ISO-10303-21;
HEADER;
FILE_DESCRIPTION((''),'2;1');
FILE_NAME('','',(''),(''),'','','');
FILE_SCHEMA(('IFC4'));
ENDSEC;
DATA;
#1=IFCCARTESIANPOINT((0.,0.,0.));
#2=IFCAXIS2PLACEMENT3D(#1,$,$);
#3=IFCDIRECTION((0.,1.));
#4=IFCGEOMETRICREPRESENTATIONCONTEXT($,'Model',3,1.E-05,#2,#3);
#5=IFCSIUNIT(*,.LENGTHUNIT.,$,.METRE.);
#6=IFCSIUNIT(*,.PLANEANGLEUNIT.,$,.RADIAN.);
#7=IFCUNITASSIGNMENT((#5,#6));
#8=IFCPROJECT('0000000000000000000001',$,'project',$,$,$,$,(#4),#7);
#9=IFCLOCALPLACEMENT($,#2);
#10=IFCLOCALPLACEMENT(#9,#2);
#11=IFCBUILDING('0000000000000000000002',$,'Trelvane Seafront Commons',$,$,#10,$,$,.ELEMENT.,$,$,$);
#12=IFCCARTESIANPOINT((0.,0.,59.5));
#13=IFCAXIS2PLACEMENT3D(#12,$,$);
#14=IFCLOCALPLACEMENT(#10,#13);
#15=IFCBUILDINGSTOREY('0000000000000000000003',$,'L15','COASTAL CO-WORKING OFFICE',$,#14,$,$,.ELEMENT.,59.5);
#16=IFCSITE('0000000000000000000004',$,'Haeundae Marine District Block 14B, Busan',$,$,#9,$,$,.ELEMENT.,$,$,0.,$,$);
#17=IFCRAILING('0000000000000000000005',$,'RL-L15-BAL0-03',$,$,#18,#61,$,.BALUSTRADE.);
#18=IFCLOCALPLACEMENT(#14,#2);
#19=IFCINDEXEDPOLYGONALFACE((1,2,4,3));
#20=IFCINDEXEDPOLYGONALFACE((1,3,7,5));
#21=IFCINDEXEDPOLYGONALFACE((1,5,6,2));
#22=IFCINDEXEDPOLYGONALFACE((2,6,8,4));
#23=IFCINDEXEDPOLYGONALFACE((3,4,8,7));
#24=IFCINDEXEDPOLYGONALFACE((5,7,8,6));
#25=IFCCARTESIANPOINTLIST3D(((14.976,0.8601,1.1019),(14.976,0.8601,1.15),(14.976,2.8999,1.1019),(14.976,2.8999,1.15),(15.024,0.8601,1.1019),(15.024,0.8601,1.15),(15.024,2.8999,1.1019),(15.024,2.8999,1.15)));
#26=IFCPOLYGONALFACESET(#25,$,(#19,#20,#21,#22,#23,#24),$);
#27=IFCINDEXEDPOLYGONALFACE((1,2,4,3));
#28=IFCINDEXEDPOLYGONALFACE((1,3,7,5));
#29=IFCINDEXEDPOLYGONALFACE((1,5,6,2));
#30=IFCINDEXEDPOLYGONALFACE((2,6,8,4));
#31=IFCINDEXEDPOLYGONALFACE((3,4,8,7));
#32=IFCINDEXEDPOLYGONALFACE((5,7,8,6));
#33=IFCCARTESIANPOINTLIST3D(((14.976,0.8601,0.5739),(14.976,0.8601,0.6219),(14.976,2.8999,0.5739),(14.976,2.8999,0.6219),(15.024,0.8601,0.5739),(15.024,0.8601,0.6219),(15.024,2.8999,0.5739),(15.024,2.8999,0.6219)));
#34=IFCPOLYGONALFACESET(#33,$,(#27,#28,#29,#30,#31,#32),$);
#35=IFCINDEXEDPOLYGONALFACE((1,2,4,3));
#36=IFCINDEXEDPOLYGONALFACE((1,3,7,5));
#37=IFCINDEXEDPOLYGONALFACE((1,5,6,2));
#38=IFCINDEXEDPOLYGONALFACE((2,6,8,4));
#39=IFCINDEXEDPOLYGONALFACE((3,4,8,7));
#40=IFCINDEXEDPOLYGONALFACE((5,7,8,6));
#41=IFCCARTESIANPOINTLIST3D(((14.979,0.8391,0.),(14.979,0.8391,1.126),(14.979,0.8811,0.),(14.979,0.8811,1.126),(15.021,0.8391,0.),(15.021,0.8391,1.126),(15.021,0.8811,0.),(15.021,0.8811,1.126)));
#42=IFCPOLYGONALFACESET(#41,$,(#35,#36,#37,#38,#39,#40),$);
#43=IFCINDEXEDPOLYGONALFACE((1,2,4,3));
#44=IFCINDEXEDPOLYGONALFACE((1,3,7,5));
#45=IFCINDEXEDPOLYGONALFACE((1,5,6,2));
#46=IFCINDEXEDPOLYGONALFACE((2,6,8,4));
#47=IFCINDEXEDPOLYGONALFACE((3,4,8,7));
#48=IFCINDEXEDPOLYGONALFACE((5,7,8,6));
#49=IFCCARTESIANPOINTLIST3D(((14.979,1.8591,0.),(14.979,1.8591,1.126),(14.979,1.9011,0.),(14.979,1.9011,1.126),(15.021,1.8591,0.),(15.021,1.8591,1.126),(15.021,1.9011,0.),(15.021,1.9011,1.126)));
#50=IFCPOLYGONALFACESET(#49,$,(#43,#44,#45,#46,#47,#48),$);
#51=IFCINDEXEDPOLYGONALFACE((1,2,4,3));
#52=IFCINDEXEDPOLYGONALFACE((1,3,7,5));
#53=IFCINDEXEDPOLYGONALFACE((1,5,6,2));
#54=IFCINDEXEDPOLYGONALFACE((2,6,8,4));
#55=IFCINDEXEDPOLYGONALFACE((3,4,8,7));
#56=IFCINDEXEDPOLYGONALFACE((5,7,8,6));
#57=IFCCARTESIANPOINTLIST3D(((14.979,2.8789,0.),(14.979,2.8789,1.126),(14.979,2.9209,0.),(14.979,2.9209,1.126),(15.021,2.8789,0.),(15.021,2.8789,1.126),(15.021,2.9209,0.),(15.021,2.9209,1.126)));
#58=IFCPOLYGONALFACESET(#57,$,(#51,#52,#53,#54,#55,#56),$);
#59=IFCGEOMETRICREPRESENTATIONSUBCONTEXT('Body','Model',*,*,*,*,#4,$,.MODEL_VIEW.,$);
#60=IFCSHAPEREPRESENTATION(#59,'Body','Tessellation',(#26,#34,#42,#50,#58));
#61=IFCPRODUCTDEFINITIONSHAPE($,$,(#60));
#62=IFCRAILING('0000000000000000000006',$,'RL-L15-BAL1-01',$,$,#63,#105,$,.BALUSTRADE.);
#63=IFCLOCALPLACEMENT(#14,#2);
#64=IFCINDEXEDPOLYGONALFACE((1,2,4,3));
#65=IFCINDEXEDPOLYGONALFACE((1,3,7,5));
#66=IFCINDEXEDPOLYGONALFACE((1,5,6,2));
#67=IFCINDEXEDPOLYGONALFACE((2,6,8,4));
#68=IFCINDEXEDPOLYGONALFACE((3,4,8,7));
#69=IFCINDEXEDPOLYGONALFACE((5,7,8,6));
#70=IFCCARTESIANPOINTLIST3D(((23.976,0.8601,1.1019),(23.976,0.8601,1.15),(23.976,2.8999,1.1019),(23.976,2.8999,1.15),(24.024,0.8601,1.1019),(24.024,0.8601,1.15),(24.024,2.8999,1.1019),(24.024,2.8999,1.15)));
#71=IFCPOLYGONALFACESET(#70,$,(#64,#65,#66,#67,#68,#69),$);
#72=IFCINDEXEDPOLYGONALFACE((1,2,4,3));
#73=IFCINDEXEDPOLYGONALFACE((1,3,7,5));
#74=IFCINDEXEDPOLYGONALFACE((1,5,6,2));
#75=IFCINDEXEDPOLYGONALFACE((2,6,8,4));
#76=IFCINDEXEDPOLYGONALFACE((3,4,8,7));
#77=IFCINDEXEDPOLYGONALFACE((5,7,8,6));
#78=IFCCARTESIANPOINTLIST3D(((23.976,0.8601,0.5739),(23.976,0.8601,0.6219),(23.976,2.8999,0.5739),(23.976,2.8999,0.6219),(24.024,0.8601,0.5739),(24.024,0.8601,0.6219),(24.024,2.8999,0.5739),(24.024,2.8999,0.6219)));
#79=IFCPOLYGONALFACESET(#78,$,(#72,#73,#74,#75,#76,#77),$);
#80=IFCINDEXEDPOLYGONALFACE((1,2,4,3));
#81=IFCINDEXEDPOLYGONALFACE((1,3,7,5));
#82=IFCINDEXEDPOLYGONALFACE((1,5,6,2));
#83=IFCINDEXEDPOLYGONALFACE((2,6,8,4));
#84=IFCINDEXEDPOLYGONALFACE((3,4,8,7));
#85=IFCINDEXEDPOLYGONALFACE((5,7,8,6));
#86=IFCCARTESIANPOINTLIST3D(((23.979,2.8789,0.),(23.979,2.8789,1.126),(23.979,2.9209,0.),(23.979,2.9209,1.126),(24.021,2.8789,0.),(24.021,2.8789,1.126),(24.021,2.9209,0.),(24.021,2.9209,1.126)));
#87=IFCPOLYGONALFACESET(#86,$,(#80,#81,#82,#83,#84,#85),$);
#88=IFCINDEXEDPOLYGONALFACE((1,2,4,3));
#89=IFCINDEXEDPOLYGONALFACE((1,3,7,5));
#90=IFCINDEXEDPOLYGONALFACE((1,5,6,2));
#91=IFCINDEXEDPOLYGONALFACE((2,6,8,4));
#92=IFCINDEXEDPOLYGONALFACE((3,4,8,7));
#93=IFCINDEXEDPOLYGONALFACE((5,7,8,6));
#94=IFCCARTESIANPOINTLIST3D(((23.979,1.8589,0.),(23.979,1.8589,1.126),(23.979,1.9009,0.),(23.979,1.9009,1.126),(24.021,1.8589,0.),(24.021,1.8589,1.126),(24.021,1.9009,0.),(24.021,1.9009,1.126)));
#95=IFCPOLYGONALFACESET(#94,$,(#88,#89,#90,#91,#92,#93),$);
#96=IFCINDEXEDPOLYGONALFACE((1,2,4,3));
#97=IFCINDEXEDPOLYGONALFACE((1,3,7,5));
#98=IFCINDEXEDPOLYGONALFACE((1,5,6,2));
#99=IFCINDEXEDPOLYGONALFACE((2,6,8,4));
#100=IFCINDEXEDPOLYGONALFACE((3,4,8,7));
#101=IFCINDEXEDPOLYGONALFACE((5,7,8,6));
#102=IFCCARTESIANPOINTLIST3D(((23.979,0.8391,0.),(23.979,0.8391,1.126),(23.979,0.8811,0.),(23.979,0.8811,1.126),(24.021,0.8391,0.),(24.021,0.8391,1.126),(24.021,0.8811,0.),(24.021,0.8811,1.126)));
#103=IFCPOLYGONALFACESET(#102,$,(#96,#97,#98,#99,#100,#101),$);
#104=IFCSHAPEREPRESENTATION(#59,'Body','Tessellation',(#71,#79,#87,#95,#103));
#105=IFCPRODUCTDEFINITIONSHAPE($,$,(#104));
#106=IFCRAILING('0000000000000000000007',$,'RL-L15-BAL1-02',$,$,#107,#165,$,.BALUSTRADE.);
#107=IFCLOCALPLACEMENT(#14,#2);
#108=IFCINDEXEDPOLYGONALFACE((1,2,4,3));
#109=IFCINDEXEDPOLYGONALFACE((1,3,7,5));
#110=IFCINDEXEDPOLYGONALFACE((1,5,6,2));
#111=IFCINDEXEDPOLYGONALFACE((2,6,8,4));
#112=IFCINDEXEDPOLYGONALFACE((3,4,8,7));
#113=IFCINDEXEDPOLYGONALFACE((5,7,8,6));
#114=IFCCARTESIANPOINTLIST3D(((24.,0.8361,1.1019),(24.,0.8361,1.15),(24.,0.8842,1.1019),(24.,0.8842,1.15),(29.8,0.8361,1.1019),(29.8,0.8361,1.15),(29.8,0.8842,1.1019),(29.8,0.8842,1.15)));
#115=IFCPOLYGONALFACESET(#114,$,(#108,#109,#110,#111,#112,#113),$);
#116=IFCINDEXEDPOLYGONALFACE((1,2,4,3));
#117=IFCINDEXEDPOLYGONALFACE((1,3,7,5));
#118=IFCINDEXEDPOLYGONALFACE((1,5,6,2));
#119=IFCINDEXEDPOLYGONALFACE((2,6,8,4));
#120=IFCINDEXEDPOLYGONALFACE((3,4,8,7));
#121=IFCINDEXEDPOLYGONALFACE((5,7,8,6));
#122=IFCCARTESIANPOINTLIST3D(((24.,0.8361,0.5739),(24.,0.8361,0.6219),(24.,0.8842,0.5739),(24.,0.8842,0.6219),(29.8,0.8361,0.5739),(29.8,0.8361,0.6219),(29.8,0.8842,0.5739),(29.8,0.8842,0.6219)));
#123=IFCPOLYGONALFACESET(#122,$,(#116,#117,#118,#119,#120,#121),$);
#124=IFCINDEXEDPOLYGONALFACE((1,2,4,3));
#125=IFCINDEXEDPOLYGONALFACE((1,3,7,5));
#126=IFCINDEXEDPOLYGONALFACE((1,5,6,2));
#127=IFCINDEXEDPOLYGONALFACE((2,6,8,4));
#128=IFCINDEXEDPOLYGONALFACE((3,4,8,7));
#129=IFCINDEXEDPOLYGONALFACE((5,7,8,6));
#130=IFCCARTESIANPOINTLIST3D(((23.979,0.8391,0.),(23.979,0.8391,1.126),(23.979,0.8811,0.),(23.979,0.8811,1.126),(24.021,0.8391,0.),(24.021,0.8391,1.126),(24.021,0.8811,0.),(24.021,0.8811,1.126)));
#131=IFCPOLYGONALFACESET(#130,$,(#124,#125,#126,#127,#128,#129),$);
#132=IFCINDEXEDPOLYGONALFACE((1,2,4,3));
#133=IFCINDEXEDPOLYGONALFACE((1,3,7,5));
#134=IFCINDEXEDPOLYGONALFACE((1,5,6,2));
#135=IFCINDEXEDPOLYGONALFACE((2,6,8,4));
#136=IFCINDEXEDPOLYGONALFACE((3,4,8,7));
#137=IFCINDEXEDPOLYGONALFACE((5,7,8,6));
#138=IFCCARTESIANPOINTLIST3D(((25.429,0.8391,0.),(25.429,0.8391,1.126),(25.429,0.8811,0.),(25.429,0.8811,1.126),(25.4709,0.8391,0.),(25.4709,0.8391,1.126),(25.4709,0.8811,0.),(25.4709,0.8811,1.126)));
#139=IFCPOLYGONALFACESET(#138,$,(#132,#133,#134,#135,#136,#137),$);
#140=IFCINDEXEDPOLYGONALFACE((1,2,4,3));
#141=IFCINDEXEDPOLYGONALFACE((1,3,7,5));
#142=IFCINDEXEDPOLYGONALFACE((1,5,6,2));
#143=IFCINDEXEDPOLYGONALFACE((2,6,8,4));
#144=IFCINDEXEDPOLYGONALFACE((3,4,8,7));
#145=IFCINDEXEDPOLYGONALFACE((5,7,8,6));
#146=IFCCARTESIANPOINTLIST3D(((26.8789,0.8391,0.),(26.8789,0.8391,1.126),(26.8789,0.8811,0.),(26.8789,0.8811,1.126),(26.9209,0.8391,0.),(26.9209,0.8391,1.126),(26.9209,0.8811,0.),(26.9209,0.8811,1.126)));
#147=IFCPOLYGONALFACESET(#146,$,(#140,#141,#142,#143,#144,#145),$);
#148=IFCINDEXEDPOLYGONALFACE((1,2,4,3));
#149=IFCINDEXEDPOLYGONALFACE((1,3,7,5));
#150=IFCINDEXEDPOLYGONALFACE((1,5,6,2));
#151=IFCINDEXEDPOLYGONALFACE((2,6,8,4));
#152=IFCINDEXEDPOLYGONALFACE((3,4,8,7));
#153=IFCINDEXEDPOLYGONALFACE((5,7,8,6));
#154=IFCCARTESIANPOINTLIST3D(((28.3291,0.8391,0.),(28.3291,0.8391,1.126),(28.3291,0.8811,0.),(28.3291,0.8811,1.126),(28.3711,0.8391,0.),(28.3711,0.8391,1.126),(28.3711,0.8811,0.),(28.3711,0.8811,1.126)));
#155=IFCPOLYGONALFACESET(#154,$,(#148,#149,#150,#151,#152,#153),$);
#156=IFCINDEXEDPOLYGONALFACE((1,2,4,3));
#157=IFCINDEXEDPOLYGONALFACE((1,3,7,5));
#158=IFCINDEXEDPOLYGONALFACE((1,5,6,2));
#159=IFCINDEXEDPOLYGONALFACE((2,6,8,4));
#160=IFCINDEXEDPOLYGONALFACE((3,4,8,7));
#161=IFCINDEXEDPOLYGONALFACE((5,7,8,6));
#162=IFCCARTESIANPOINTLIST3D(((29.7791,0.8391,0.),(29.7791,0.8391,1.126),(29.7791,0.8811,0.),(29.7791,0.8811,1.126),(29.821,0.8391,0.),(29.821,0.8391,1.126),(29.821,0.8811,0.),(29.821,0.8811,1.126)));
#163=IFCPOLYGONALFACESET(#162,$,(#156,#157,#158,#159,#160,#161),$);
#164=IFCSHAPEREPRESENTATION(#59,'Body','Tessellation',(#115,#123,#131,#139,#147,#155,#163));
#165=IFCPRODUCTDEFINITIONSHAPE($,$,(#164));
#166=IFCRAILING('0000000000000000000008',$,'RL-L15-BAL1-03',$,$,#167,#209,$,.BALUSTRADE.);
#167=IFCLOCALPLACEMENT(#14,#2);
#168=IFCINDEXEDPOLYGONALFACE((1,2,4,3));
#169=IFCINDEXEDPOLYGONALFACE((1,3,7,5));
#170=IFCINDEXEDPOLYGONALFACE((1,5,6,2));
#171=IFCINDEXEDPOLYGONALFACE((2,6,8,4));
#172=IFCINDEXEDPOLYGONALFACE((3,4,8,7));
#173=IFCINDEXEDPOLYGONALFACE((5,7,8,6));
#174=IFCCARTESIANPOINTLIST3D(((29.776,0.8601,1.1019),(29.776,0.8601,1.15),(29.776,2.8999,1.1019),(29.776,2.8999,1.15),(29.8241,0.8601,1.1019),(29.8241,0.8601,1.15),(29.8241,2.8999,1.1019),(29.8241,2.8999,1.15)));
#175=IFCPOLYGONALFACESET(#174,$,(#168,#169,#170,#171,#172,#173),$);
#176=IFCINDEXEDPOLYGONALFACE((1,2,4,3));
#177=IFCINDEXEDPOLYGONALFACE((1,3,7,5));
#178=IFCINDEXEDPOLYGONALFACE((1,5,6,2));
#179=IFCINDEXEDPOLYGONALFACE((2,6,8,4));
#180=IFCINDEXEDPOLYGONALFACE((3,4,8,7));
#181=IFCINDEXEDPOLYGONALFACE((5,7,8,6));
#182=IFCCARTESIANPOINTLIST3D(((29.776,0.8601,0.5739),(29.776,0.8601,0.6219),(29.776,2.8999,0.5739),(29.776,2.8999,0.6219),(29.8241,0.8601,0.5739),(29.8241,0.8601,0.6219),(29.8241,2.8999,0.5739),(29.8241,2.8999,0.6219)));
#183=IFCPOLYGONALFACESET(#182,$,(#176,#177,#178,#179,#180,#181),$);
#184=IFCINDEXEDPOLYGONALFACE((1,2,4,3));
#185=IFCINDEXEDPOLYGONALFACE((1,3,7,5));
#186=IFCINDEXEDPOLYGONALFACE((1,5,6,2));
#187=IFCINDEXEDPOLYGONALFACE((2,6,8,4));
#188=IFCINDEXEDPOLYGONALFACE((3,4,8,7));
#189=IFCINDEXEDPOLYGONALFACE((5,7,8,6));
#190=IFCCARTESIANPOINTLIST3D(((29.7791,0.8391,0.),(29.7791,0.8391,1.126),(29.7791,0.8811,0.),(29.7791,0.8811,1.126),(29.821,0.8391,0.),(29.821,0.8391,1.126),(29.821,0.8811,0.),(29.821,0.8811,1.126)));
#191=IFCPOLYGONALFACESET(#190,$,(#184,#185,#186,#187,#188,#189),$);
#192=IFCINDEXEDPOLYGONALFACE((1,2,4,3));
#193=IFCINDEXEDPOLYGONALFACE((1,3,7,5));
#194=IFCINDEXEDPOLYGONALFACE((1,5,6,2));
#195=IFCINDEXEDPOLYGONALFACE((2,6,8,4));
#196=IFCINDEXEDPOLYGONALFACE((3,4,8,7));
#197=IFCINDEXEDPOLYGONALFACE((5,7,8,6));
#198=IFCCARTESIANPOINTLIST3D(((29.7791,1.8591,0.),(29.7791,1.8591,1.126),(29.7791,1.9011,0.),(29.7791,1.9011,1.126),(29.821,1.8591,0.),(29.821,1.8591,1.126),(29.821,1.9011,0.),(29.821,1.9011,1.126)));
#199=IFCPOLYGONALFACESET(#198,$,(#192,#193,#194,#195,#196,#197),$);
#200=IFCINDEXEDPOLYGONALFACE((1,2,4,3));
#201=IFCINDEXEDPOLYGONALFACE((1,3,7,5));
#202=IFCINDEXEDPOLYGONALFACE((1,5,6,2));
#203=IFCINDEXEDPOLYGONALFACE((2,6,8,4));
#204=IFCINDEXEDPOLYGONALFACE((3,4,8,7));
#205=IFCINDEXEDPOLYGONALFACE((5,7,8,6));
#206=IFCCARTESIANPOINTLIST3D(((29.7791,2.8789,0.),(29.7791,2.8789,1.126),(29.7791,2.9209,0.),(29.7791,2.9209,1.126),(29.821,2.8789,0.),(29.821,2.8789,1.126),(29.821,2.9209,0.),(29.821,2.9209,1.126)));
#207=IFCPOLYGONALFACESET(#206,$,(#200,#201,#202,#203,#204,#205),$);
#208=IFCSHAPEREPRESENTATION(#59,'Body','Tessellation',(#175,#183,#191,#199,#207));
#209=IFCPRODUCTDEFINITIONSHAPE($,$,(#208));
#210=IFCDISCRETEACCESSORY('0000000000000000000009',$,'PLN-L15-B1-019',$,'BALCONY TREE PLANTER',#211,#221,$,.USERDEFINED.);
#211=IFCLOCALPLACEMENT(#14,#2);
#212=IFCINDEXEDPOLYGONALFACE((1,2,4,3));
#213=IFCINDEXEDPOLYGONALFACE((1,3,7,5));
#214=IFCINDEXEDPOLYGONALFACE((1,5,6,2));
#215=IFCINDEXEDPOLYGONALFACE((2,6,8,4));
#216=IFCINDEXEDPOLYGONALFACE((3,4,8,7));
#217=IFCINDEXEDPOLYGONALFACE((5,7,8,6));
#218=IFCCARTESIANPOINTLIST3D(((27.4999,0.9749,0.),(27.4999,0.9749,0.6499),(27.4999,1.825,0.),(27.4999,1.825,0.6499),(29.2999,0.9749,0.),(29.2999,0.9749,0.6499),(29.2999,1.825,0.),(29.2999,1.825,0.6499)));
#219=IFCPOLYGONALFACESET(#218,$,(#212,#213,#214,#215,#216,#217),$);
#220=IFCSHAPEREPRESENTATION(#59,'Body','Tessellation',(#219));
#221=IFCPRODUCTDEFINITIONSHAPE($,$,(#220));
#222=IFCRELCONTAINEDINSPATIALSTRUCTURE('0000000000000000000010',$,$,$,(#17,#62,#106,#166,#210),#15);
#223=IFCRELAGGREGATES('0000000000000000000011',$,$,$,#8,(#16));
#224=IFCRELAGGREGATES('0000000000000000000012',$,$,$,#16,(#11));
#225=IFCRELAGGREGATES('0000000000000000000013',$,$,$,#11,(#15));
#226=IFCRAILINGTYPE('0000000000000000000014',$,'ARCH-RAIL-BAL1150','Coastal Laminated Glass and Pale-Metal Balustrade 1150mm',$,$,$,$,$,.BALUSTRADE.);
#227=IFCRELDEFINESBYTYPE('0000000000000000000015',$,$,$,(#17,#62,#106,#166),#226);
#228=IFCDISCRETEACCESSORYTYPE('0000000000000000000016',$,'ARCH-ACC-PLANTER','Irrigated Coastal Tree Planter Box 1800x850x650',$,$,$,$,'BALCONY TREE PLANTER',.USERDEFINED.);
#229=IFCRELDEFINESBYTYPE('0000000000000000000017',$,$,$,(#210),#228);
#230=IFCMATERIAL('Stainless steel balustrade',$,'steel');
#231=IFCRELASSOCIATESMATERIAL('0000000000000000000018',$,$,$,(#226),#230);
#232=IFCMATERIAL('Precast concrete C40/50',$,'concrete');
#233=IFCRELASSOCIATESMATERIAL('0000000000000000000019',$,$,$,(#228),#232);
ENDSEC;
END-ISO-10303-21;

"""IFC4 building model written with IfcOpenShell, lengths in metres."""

from ifc_helpers import new_model, si_unit, direction, frame, origin, origin_2d, place, context, subcontext, project, spatial, rectangle, extrude, source, transform, mapped, material, type_object, element, save


model = new_model("IFC4")

# Units and contexts
model_context = context("Model", 3, precision=1e-05, world=origin(), true_north=direction((0.0, 1.0)))
body_context = subcontext(model_context, "Body", "Model", "MODEL_VIEW")
ifc_project = project(units=[si_unit("LENGTHUNIT", "METRE"), si_unit("PLANEANGLEUNIT", "RADIAN")], contexts=[model_context])

# Site, building, storey
site_placement = place(None, origin())
site = spatial("IfcSite", under=ifc_project, at=site_placement, Name="Haeundae Marine District Block 14B, Busan", CompositionType="ELEMENT", RefElevation=0.0)
building_placement = place(site_placement, origin())
building = spatial("IfcBuilding", under=site, at=building_placement, Name="Trelvane Seafront Commons", CompositionType="ELEMENT")
storey_placement = place(building_placement, frame((0.0, 0.0, 59.5)))
storey = spatial("IfcBuildingStorey", under=building, at=storey_placement, Name="L15", Description="COASTAL CO-WORKING OFFICE", CompositionType="ELEMENT", Elevation=59.5)

# Railings
ifc_material_1 = material(Name="Stainless steel balustrade", Category="steel")
railing_type = type_object("IfcRailingType", Name="ARCH-RAIL-BAL1150", Description="Coastal Laminated Glass and Pale-Metal Balustrade 1150mm", PredefinedType="BALUSTRADE", material=ifc_material_1)
railing_1_placement = place(storey_placement, frame((15.0, 0.8601, 0.0)))
element("IfcRailing", 1, at=railing_1_placement, inside=storey, type_object=railing_type, Name="RL-L15-BAL0-03", PredefinedType="BALUSTRADE", context=body_context, shape_type="SweptSolid", body=[
    extrude(rectangle(XDim=0.0481, YDim=0.0481, at=origin_2d()), frame((0.0, 0.0, 1.126), z_axis=(0.0, 1.0, 0.0), x_axis=(-1.0, 0.0, 0.0)), (0.0, 0.0, 1.0), 2.0398),
    extrude(rectangle(XDim=0.0481, YDim=0.0481, at=origin_2d()), frame((0.0, 0.0, 0.5979), z_axis=(0.0, 1.0, 0.0), x_axis=(-1.0, 0.0, 0.0)), (0.0, 0.0, 1.0), 2.0398),
    extrude(rectangle(XDim=0.042, YDim=0.042, at=origin_2d()), origin(), (0.0, 0.0, 1.0), 1.126),
    extrude(rectangle(XDim=0.042, YDim=0.042, at=origin_2d()), frame((0.0, 1.02, 0.0)), (0.0, 0.0, 1.0), 1.126),
    extrude(rectangle(XDim=0.042, YDim=0.042, at=origin_2d()), frame((0.0, 2.0398, 0.0)), (0.0, 0.0, 1.0), 1.126),
])
railing_2_placement = place(storey_placement, frame((24.0, 2.8999, 0.0)))
element("IfcRailing", 2, at=railing_2_placement, inside=storey, type_object=railing_type, Name="RL-L15-BAL1-01", PredefinedType="BALUSTRADE", context=body_context, shape_type="SweptSolid", body=[
    extrude(rectangle(XDim=0.0481, YDim=0.0481, at=origin_2d()), frame((0.0, 0.0, 1.126), z_axis=(0.0, -1.0, 0.0), x_axis=(1.0, 0.0, 0.0)), (0.0, 0.0, 1.0), 2.0398),
    extrude(rectangle(XDim=0.0481, YDim=0.0481, at=origin_2d()), frame((0.0, 0.0, 0.5979), z_axis=(0.0, -1.0, 0.0), x_axis=(1.0, 0.0, 0.0)), (0.0, 0.0, 1.0), 2.0398),
    extrude(rectangle(XDim=0.042, YDim=0.042, at=origin_2d()), origin(), (0.0, 0.0, 1.0), 1.126),
    extrude(rectangle(XDim=0.042, YDim=0.042, at=origin_2d()), frame((0.0, -1.02, 0.0)), (0.0, 0.0, 1.0), 1.126),
    extrude(rectangle(XDim=0.042, YDim=0.042, at=origin_2d()), frame((0.0, -2.0398, 0.0)), (0.0, 0.0, 1.0), 1.126),
])
railing_3_placement = place(storey_placement, frame((24.0, 0.8601, 0.0)))
element("IfcRailing", 3, at=railing_3_placement, inside=storey, type_object=railing_type, Name="RL-L15-BAL1-02", PredefinedType="BALUSTRADE", context=body_context, shape_type="SweptSolid", body=[
    extrude(rectangle(XDim=0.0481, YDim=0.0481, at=origin_2d()), frame((0.0, 0.0, 1.126), z_axis=(1.0, 0.0, 0.0), x_axis=(0.0, 1.0, 0.0)), (0.0, 0.0, 1.0), 5.8),
    extrude(rectangle(XDim=0.0481, YDim=0.0481, at=origin_2d()), frame((0.0, 0.0, 0.5979), z_axis=(1.0, 0.0, 0.0), x_axis=(0.0, 1.0, 0.0)), (0.0, 0.0, 1.0), 5.8),
    extrude(rectangle(XDim=0.042, YDim=0.042, at=origin_2d()), origin(), (0.0, 0.0, 1.0), 1.126),
    extrude(rectangle(XDim=0.042, YDim=0.042, at=origin_2d()), frame((1.45, 0.0, 0.0)), (0.0, 0.0, 1.0), 1.126),
    extrude(rectangle(XDim=0.042, YDim=0.042, at=origin_2d()), frame((2.8999, 0.0, 0.0)), (0.0, 0.0, 1.0), 1.126),
    extrude(rectangle(XDim=0.042, YDim=0.042, at=origin_2d()), frame((4.3501, 0.0, 0.0)), (0.0, 0.0, 1.0), 1.126),
    extrude(rectangle(XDim=0.042, YDim=0.042, at=origin_2d()), frame((5.8, 0.0, 0.0)), (0.0, 0.0, 1.0), 1.126),
])
railing_4_placement = place(storey_placement, frame((29.8, 0.8601, 0.0)))
element("IfcRailing", 4, at=railing_4_placement, inside=storey, type_object=railing_type, Name="RL-L15-BAL1-03", PredefinedType="BALUSTRADE", context=body_context, shape_type="SweptSolid", body=[
    extrude(rectangle(XDim=0.0481, YDim=0.0481, at=origin_2d()), frame((0.0, 0.0, 1.126), z_axis=(0.0, 1.0, 0.0), x_axis=(-1.0, 0.0, 0.0)), (0.0, 0.0, 1.0), 2.0398),
    extrude(rectangle(XDim=0.0481, YDim=0.0481, at=origin_2d()), frame((0.0, 0.0, 0.5979), z_axis=(0.0, 1.0, 0.0), x_axis=(-1.0, 0.0, 0.0)), (0.0, 0.0, 1.0), 2.0398),
    extrude(rectangle(XDim=0.042, YDim=0.042, at=origin_2d()), origin(), (0.0, 0.0, 1.0), 1.126),
    extrude(rectangle(XDim=0.042, YDim=0.042, at=origin_2d()), frame((0.0, 1.02, 0.0)), (0.0, 0.0, 1.0), 1.126),
    extrude(rectangle(XDim=0.042, YDim=0.042, at=origin_2d()), frame((0.0, 2.0398, 0.0)), (0.0, 0.0, 1.0), 1.126),
])

# Discrete accessory
ifc_material_2 = material(Name="Precast concrete C40/50", Category="concrete")
discrete_accessory_type = type_object("IfcDiscreteAccessoryType", Name="ARCH-ACC-PLANTER", Description="Irrigated Coastal Tree Planter Box 1800x850x650", ElementType="BALCONY TREE PLANTER", PredefinedType="USERDEFINED", material=ifc_material_2)
shared_shape_1 = source(origin(), body_context, "Body", "SweptSolid", [
    extrude(rectangle(XDim=1.8, YDim=0.8501, at=origin_2d()), origin(), (0.0, 0.0, 1.0), 0.6499),
])
discrete_accessory_placement = place(storey_placement, frame((28.3999, 1.3999, 0.0), z_axis=(0.0, 0.0, 1.0), x_axis=(1.0, 0.0, 0.0)))
element("IfcDiscreteAccessory", 5, at=discrete_accessory_placement, inside=storey, type_object=discrete_accessory_type, Name="PLN-L15-B1-019", ObjectType="BALCONY TREE PLANTER", PredefinedType="USERDEFINED", context=body_context, shape_type="MappedRepresentation", body=[
    mapped(shared_shape_1, transform((0.0, 0.0, 0.0), x_axis=(1.0, 0.0, 0.0), y_axis=(0.0, 1.0, 0.0), z_axis=(0.0, 0.0, 1.0), scale=1.0)),
])

save(model, "model.ifc")
